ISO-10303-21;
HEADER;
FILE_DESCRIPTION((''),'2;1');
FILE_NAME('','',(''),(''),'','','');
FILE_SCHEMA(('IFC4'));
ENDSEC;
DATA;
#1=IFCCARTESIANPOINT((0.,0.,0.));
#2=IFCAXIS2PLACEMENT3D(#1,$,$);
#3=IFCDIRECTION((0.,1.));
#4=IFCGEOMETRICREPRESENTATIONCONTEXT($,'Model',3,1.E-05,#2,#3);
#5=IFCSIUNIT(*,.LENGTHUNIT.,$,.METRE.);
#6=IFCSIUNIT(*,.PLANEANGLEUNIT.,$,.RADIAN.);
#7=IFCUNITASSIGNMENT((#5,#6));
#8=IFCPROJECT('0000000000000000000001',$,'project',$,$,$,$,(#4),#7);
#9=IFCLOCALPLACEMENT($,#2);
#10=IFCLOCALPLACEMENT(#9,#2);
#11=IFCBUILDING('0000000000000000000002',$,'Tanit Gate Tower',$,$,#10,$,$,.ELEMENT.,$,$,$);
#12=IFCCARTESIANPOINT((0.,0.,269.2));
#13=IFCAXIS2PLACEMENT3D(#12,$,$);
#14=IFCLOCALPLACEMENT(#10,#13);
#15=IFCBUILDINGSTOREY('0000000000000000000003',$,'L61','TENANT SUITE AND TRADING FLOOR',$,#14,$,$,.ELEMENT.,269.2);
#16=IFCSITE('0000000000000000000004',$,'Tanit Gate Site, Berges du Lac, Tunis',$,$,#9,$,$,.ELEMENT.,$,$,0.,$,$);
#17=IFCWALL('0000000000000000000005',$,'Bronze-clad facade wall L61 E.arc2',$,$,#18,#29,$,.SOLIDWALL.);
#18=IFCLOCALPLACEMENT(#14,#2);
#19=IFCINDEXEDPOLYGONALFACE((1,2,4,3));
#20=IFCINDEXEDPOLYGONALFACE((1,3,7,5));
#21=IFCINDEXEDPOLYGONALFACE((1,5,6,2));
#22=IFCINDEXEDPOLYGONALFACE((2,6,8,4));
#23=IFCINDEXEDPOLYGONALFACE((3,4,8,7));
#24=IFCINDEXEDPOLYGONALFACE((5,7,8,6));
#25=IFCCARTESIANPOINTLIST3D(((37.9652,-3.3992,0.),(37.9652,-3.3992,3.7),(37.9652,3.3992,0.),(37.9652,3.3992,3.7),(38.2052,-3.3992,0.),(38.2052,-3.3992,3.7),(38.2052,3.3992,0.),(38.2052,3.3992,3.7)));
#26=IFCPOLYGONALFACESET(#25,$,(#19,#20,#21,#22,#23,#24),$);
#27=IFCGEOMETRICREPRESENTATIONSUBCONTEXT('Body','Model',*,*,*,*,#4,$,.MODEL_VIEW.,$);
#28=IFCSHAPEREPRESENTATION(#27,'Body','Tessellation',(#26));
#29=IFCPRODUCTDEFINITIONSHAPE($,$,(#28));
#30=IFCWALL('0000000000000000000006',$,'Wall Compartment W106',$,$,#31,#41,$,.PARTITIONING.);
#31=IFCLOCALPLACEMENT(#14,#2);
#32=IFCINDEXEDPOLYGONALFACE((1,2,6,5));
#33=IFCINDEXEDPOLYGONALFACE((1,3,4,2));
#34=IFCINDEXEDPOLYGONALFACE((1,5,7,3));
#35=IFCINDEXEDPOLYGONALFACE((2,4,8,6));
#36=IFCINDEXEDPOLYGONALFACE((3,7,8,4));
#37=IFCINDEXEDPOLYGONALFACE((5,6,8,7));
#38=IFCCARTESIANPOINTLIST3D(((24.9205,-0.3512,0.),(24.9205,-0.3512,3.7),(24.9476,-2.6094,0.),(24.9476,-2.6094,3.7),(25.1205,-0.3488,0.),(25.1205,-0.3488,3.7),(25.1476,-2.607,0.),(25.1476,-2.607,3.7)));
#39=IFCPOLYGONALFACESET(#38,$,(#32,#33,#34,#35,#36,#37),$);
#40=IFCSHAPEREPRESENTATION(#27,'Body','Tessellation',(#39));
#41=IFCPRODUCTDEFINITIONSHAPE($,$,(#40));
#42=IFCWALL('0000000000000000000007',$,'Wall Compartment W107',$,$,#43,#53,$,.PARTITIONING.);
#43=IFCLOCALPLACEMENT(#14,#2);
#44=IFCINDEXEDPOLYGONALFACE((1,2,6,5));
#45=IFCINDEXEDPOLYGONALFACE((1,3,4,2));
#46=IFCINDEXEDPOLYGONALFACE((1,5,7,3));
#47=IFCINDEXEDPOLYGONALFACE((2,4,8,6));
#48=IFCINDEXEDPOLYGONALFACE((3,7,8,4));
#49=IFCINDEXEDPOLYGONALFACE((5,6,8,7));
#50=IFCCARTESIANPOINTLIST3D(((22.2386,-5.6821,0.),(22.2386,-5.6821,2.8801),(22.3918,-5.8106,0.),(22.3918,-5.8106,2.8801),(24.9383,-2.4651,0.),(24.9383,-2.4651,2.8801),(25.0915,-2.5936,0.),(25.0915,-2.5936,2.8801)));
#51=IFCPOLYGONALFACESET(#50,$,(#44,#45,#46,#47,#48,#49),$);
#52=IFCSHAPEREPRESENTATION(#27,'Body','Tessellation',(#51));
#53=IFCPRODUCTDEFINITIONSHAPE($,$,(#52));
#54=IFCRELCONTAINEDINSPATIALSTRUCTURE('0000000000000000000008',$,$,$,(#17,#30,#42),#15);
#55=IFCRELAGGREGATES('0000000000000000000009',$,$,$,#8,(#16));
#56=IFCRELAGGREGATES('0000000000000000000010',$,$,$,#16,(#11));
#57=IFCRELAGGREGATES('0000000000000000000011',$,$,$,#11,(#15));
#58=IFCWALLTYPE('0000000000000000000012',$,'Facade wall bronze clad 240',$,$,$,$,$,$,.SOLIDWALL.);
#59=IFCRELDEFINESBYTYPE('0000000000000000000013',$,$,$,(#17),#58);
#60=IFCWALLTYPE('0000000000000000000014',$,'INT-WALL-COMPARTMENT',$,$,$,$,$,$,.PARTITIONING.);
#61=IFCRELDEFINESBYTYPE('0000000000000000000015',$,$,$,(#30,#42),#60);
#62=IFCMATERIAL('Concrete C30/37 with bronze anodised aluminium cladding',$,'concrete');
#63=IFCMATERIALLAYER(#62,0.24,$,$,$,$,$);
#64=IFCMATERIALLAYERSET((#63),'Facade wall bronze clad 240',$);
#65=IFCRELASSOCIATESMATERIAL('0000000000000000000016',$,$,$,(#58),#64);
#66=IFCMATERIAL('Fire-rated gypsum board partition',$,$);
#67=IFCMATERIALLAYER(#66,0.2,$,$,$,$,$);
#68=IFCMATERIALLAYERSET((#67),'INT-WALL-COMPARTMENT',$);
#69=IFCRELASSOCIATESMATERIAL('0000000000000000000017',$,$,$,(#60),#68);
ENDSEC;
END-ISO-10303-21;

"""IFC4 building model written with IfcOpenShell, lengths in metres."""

from ifc_helpers import new_model, si_unit, direction, frame, frame_2d, origin, place, context, subcontext, project, spatial, rectangle, extrude, material, layer, layer_set, type_object, element, save


model = new_model("IFC4")

# Units and contexts
model_context = context("Model", 3, precision=1e-05, world=origin(), true_north=direction((0.0, 1.0)))
body_context = subcontext(model_context, "Body", "Model", "MODEL_VIEW")
ifc_project = project(units=[si_unit("LENGTHUNIT", "METRE"), si_unit("PLANEANGLEUNIT", "RADIAN")], contexts=[model_context])

# Site, building, storey
site_placement = place(None, origin())
site = spatial("IfcSite", under=ifc_project, at=site_placement, Name="Tanit Gate Site, Berges du Lac, Tunis", CompositionType="ELEMENT", RefElevation=0.0)
building_placement = place(site_placement, origin())
building = spatial("IfcBuilding", under=site, at=building_placement, Name="Tanit Gate Tower", CompositionType="ELEMENT")
storey_placement = place(building_placement, frame((0.0, 0.0, 269.2)))
storey = spatial("IfcBuildingStorey", under=building, at=storey_placement, Name="L61", Description="TENANT SUITE AND TRADING FLOOR", CompositionType="ELEMENT", Elevation=269.2)

# Walls
ifc_material_1 = material(Name="Concrete C30/37 with bronze anodised aluminium cladding", Category="concrete")
ifc_layer_1 = layer(ifc_material_1, 0.24)
ifc_layer_set_1 = layer_set([ifc_layer_1], Name="Facade wall bronze clad 240")
wall_type_1 = type_object("IfcWallType", Name="Facade wall bronze clad 240", PredefinedType="SOLIDWALL", material=ifc_layer_set_1)
wall_1_placement = place(storey_placement, frame((38.0852, -3.3992, 0.0), z_axis=(0.0, 0.0, 1.0), x_axis=(0.0, 1.0, 0.0)))
element("IfcWall", 1, at=wall_1_placement, inside=storey, type_object=wall_type_1, Name="Bronze-clad facade wall L61 E.arc2", PredefinedType="SOLIDWALL", context=body_context, shape_type="SweptSolid", body=[
    extrude(rectangle(XDim=6.7983, YDim=0.24, at=frame_2d((3.3992, 0.0))), origin(), (0.0, 0.0, 1.0), 3.7),
])
ifc_material_2 = material(Name="Fire-rated gypsum board partition")
ifc_layer_2 = layer(ifc_material_2, 0.2)
ifc_layer_set_2 = layer_set([ifc_layer_2], Name="INT-WALL-COMPARTMENT")
wall_type_2 = type_object("IfcWallType", Name="INT-WALL-COMPARTMENT", PredefinedType="PARTITIONING", material=ifc_layer_set_2)
wall_2_placement = place(storey_placement, frame((25.0476, -2.6082, 0.0), z_axis=(0.0, 0.0, 1.0), x_axis=(-0.012, 0.999928, 0.0)))
element("IfcWall", 2, at=wall_2_placement, inside=storey, type_object=wall_type_2, Name="Wall Compartment W106", PredefinedType="PARTITIONING", context=body_context, shape_type="SweptSolid", body=[
    extrude(rectangle(XDim=2.2583, YDim=0.2, at=frame_2d((1.1292, 0.0))), origin(), (0.0, 0.0, 1.0), 3.7),
])
wall_3_placement = place(storey_placement, frame((22.3152, -5.7463, 0.0), z_axis=(0.0, 0.0, 1.0), x_axis=(0.642828, 0.766011, 0.0)))
element("IfcWall", 3, at=wall_3_placement, inside=storey, type_object=wall_type_2, Name="Wall Compartment W107", PredefinedType="PARTITIONING", context=body_context, shape_type="SweptSolid", body=[
    extrude(rectangle(XDim=4.1997, YDim=0.2, at=frame_2d((2.0999, 0.0))), origin(), (0.0, 0.0, 1.0), 2.8801),
])

save(model, "model.ifc")
